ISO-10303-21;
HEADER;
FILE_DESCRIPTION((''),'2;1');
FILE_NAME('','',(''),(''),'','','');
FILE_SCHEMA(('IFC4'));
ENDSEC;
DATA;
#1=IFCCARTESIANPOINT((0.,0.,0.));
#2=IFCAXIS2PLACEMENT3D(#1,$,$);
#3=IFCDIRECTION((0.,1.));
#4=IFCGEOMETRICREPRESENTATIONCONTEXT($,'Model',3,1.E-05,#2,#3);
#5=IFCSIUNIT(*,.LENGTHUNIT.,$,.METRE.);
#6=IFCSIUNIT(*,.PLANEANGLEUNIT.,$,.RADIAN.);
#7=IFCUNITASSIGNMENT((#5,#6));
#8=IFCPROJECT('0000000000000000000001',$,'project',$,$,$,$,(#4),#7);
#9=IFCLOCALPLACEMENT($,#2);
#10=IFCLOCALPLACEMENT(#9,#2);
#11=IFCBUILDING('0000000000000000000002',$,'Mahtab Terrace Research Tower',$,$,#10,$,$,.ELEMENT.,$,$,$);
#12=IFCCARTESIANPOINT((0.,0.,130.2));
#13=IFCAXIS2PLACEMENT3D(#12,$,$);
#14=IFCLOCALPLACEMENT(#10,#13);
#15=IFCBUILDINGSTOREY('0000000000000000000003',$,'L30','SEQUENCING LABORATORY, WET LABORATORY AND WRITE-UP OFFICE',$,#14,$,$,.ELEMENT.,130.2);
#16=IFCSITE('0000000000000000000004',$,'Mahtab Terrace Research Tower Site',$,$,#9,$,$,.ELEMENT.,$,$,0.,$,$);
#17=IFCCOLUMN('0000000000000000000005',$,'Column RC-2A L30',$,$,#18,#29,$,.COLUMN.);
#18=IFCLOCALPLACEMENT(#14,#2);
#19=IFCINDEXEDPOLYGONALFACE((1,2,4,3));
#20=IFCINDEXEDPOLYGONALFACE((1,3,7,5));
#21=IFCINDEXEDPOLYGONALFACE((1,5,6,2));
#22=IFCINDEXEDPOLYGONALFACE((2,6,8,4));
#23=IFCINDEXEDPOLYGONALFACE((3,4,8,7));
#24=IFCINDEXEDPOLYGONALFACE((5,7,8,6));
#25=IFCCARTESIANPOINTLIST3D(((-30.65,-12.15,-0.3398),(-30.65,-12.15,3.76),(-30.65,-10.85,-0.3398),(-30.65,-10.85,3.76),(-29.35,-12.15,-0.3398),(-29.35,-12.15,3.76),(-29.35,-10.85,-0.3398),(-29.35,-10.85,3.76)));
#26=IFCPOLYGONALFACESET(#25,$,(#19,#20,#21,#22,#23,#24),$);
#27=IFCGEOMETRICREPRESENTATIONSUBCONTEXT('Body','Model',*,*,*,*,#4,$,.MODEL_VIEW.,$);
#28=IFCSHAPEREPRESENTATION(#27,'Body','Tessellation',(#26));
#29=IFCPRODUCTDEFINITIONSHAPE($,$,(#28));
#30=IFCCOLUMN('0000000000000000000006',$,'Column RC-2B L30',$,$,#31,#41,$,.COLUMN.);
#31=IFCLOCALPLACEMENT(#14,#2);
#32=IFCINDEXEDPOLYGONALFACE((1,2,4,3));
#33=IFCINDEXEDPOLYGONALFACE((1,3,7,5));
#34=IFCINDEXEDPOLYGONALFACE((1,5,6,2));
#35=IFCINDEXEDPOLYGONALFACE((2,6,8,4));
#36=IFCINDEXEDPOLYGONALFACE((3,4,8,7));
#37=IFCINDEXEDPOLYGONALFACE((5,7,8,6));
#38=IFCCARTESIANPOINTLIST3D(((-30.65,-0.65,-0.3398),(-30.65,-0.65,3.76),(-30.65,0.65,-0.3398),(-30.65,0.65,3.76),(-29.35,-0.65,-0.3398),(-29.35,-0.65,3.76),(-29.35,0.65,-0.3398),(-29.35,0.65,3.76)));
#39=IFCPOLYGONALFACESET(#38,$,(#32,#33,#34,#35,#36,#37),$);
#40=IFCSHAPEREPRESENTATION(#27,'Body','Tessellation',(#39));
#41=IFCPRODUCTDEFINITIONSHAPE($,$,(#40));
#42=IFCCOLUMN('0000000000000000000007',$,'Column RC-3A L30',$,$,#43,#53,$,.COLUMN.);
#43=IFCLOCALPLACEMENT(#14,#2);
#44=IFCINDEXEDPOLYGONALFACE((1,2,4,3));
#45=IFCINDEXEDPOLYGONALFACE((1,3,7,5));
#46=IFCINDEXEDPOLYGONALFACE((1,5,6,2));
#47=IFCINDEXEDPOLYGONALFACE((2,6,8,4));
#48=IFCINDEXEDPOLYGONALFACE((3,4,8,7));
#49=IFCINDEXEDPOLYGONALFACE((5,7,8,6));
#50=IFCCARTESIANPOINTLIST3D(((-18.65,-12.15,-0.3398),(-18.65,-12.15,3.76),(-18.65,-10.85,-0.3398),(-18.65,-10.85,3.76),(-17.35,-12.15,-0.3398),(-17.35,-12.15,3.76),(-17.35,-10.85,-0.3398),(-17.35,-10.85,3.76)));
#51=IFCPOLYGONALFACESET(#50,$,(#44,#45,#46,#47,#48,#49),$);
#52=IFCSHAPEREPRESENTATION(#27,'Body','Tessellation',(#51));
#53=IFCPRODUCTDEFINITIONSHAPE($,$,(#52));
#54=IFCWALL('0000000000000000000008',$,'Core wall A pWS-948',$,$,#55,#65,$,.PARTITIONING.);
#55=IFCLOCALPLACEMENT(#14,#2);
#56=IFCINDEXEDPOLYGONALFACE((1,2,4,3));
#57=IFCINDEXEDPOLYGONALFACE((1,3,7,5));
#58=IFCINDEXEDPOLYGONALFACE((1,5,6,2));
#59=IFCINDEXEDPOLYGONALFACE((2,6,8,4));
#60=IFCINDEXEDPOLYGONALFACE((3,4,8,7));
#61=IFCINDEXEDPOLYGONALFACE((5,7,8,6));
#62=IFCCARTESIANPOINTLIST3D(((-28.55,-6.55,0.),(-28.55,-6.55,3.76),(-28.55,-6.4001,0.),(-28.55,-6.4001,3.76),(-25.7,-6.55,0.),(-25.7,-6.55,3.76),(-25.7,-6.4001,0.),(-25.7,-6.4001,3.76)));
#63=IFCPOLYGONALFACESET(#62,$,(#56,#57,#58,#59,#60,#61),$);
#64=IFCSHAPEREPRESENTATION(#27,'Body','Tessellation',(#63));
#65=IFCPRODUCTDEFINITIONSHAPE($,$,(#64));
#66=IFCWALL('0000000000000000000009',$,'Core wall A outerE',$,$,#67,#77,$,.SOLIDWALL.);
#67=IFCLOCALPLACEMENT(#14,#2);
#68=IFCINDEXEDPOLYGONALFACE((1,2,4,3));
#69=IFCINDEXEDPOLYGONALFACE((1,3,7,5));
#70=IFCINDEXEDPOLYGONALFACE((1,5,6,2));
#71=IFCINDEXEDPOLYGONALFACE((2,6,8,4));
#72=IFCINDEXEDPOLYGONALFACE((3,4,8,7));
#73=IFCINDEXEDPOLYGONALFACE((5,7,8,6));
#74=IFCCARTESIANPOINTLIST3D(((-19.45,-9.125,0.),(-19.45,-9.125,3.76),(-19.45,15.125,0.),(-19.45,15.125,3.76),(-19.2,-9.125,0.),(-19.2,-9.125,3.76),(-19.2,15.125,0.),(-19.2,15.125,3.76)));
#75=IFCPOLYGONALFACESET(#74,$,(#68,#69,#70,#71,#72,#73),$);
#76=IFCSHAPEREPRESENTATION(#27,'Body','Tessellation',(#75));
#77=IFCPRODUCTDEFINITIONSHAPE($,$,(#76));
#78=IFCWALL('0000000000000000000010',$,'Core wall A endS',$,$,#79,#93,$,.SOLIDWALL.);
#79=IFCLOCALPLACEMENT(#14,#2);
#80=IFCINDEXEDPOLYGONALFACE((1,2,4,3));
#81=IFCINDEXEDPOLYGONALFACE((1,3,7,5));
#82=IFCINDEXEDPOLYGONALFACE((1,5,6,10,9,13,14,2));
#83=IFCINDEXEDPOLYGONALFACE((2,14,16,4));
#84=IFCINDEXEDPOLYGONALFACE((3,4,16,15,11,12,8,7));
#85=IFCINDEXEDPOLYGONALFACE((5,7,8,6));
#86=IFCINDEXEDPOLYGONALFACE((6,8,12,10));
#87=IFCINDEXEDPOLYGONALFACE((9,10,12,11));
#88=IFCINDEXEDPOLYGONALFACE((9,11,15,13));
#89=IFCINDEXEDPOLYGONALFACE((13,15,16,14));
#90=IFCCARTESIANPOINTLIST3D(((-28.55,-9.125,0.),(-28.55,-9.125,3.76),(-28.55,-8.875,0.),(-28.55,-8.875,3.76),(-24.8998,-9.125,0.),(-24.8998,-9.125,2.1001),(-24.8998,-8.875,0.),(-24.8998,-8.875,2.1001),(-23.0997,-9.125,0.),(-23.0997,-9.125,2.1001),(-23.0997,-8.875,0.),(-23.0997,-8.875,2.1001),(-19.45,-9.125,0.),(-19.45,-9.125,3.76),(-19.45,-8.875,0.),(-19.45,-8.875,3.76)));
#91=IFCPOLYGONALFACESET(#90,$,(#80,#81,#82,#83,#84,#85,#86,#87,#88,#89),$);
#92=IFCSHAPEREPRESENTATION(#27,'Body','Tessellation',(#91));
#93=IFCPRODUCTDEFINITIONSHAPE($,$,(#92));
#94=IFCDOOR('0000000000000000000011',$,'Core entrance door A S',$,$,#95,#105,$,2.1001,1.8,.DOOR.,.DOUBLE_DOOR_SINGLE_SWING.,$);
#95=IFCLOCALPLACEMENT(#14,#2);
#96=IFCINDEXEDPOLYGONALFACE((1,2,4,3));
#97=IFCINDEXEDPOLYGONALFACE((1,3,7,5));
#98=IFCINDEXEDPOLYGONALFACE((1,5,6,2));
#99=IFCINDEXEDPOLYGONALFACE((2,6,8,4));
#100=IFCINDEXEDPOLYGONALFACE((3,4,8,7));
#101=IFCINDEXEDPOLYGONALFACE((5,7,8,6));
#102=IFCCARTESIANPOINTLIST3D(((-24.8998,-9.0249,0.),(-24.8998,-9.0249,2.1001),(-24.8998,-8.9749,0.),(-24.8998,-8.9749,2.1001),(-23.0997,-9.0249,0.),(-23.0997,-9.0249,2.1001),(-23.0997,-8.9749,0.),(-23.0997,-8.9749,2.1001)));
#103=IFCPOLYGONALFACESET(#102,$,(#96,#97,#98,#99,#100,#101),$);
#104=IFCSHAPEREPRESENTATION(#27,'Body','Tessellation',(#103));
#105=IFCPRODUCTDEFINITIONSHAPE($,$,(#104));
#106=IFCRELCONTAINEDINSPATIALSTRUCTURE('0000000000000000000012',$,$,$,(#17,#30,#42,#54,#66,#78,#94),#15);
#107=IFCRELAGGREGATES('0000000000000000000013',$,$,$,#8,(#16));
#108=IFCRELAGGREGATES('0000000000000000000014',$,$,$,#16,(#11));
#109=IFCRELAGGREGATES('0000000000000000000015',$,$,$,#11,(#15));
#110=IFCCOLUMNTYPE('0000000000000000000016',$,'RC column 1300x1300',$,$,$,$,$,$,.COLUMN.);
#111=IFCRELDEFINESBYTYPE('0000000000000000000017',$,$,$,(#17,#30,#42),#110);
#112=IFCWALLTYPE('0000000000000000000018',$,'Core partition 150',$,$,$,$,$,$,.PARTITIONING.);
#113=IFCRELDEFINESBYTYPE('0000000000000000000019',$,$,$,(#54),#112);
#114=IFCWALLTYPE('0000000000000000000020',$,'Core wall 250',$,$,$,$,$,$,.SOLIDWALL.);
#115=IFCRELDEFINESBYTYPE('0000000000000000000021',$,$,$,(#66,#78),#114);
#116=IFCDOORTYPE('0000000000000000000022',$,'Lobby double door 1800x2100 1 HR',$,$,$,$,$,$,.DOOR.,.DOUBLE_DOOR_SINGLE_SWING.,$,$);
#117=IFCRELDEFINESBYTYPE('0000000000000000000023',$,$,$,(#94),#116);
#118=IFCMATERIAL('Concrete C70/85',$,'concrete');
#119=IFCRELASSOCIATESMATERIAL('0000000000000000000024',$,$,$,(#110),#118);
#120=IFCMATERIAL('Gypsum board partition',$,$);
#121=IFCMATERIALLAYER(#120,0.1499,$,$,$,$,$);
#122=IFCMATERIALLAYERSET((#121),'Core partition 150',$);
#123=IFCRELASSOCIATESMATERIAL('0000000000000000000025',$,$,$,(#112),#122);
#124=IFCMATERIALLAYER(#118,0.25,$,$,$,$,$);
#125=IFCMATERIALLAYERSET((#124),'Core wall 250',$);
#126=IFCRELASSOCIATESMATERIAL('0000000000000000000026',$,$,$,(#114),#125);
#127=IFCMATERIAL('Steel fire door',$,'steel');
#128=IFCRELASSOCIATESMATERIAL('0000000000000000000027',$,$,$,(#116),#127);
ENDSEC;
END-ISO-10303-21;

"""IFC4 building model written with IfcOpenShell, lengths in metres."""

from ifc_helpers import new_model, si_unit, direction, frame, frame_2d, origin, origin_2d, place, context, subcontext, project, spatial, rectangle, extrude, material, layer, layer_set, material_profile, profile_set, type_object, element, fill, save


model = new_model("IFC4")

# Units and contexts
model_context = context("Model", 3, precision=1e-05, world=origin(), true_north=direction((0.0, 1.0)))
body_context = subcontext(model_context, "Body", "Model", "MODEL_VIEW")
ifc_project = project(units=[si_unit("LENGTHUNIT", "METRE"), si_unit("PLANEANGLEUNIT", "RADIAN")], contexts=[model_context])

# Site, building, storey
site_placement = place(None, origin())
site = spatial("IfcSite", under=ifc_project, at=site_placement, Name="Mahtab Terrace Research Tower Site", CompositionType="ELEMENT", RefElevation=0.0)
building_placement = place(site_placement, origin())
building = spatial("IfcBuilding", under=site, at=building_placement, Name="Mahtab Terrace Research Tower", CompositionType="ELEMENT")
storey_placement = place(building_placement, frame((0.0, 0.0, 130.2)))
storey = spatial("IfcBuildingStorey", under=building, at=storey_placement, Name="L30", Description="SEQUENCING LABORATORY, WET LABORATORY AND WRITE-UP OFFICE", CompositionType="ELEMENT", Elevation=130.2)

# Columns
ifc_material_1 = material(Name="Concrete C70/85", Category="concrete")
ifc_material_profile = material_profile(ifc_material_1, rectangle(XDim=1.3, YDim=1.3, at=origin_2d()), Name="RC column 1300x1300")
ifc_profile_set = profile_set([ifc_material_profile], Name="Concrete C70/85")
column_type = type_object("IfcColumnType", Name="RC column 1300x1300", PredefinedType="COLUMN", material=ifc_profile_set)
for number, where, z_axis, x_axis, name in (
    (1, (-30.0, -11.5, -0.3398), (0.0, 0.0, 1.0), (1.0, 0.0, 0.0), "Column RC-2A L30"),
    (2, (-30.0, 0.0, -0.3398), (0.0, 0.0, 1.0), (1.0, 0.0, 0.0), "Column RC-2B L30"),
    (3, (-18.0, -11.5, -0.3398), (0.0, 0.0, 1.0), (1.0, 0.0, 0.0), "Column RC-3A L30"),
):
    element("IfcColumn", number, at=place(storey_placement, frame(where, z_axis=z_axis, x_axis=x_axis)), inside=storey, type_object=column_type, Name=name, PredefinedType="COLUMN", context=body_context, shape_type="SweptSolid", body=[
        extrude(rectangle(XDim=1.3, YDim=1.3, at=origin_2d()), origin(), (0.0, 0.0, 1.0), 4.0999),
    ])

# Walls
ifc_material_2 = material(Name="Gypsum board partition")
ifc_layer_1 = layer(ifc_material_2, 0.1499)
ifc_layer_set_1 = layer_set([ifc_layer_1], Name="Core partition 150")
wall_type_1 = type_object("IfcWallType", Name="Core partition 150", PredefinedType="PARTITIONING", material=ifc_layer_set_1)
wall_1_placement = place(storey_placement, frame((-28.55, -6.4751, 0.0), z_axis=(0.0, 0.0, 1.0), x_axis=(1.0, 0.0, 0.0)))
element("IfcWall", 4, at=wall_1_placement, inside=storey, type_object=wall_type_1, Name="Core wall A pWS-948", PredefinedType="PARTITIONING", context=body_context, shape_type="SweptSolid", body=[
    extrude(rectangle(XDim=2.8501, YDim=0.1499, at=frame_2d((1.425, 0.0))), origin(), (0.0, 0.0, 1.0), 3.76),
])
ifc_layer_2 = layer(ifc_material_1, 0.25)
ifc_layer_set_2 = layer_set([ifc_layer_2], Name="Core wall 250")
wall_type_2 = type_object("IfcWallType", Name="Core wall 250", PredefinedType="SOLIDWALL", material=ifc_layer_set_2)
wall_2_placement = place(storey_placement, frame((-19.325, -9.125, 0.0), z_axis=(0.0, 0.0, 1.0), x_axis=(0.0, 1.0, 0.0)))
element("IfcWall", 5, at=wall_2_placement, inside=storey, type_object=wall_type_2, Name="Core wall A outerE", PredefinedType="SOLIDWALL", context=body_context, shape_type="SweptSolid", body=[
    extrude(rectangle(XDim=24.25, YDim=0.25, at=frame_2d((12.125, 0.0))), origin(), (0.0, 0.0, 1.0), 3.76),
])

# Wall, opening, door
wall_3_placement = place(storey_placement, frame((-19.45, -9.0, 0.0), z_axis=(0.0, 0.0, 1.0), x_axis=(-1.0, 0.0, 0.0)))
wall_3 = element("IfcWall", 6, at=wall_3_placement, inside=storey, type_object=wall_type_2, Name="Core wall A endS", PredefinedType="SOLIDWALL", context=body_context, shape_type="SweptSolid", body=[
    extrude(rectangle(XDim=9.1001, YDim=0.25, at=frame_2d((4.55, 0.0))), origin(), (0.0, 0.0, 1.0), 3.76),
])
opening_1_placement = place(wall_3_placement, frame((3.6499, 0.0, 0.0)))
opening_1 = element("IfcOpeningElement", 7, at=opening_1_placement, cuts=wall_3, PredefinedType="OPENING", context=body_context, shape_type="SweptSolid", body=[
    extrude(rectangle(XDim=1.8, YDim=2.1001, at=frame_2d((0.8999, 1.05))), frame((0.0, 0.135, 0.0), z_axis=(0.0, -1.0, 0.0), x_axis=(1.0, 0.0, 0.0)), (0.0, 0.0, 1.0), 0.27),
])
ifc_material_3 = material(Name="Steel fire door", Category="steel")
door_type_1 = type_object("IfcDoorType", Name="Lobby double door 1800x2100 1 HR", OperationType="DOUBLE_DOOR_SINGLE_SWING", PredefinedType="DOOR", material=ifc_material_3)
door_1_placement = place(opening_1_placement, origin())
door_1 = element("IfcDoor", 8, at=door_1_placement, inside=storey, type_object=door_type_1, Name="Core entrance door A S", OperationType="DOUBLE_DOOR_SINGLE_SWING", OverallHeight=2.1001, OverallWidth=1.8, PredefinedType="DOOR", context=body_context, shape_type="SweptSolid", body=[
    extrude(rectangle(XDim=1.8, YDim=2.1001, at=frame_2d((0.8999, 1.05))), frame((0.0, 0.0249, 0.0), z_axis=(0.0, -1.0, 0.0), x_axis=(1.0, 0.0, 0.0)), (0.0, 0.0, 1.0), 0.05),
])
fill(opening_1, door_1)

save(model, "model.ifc")
